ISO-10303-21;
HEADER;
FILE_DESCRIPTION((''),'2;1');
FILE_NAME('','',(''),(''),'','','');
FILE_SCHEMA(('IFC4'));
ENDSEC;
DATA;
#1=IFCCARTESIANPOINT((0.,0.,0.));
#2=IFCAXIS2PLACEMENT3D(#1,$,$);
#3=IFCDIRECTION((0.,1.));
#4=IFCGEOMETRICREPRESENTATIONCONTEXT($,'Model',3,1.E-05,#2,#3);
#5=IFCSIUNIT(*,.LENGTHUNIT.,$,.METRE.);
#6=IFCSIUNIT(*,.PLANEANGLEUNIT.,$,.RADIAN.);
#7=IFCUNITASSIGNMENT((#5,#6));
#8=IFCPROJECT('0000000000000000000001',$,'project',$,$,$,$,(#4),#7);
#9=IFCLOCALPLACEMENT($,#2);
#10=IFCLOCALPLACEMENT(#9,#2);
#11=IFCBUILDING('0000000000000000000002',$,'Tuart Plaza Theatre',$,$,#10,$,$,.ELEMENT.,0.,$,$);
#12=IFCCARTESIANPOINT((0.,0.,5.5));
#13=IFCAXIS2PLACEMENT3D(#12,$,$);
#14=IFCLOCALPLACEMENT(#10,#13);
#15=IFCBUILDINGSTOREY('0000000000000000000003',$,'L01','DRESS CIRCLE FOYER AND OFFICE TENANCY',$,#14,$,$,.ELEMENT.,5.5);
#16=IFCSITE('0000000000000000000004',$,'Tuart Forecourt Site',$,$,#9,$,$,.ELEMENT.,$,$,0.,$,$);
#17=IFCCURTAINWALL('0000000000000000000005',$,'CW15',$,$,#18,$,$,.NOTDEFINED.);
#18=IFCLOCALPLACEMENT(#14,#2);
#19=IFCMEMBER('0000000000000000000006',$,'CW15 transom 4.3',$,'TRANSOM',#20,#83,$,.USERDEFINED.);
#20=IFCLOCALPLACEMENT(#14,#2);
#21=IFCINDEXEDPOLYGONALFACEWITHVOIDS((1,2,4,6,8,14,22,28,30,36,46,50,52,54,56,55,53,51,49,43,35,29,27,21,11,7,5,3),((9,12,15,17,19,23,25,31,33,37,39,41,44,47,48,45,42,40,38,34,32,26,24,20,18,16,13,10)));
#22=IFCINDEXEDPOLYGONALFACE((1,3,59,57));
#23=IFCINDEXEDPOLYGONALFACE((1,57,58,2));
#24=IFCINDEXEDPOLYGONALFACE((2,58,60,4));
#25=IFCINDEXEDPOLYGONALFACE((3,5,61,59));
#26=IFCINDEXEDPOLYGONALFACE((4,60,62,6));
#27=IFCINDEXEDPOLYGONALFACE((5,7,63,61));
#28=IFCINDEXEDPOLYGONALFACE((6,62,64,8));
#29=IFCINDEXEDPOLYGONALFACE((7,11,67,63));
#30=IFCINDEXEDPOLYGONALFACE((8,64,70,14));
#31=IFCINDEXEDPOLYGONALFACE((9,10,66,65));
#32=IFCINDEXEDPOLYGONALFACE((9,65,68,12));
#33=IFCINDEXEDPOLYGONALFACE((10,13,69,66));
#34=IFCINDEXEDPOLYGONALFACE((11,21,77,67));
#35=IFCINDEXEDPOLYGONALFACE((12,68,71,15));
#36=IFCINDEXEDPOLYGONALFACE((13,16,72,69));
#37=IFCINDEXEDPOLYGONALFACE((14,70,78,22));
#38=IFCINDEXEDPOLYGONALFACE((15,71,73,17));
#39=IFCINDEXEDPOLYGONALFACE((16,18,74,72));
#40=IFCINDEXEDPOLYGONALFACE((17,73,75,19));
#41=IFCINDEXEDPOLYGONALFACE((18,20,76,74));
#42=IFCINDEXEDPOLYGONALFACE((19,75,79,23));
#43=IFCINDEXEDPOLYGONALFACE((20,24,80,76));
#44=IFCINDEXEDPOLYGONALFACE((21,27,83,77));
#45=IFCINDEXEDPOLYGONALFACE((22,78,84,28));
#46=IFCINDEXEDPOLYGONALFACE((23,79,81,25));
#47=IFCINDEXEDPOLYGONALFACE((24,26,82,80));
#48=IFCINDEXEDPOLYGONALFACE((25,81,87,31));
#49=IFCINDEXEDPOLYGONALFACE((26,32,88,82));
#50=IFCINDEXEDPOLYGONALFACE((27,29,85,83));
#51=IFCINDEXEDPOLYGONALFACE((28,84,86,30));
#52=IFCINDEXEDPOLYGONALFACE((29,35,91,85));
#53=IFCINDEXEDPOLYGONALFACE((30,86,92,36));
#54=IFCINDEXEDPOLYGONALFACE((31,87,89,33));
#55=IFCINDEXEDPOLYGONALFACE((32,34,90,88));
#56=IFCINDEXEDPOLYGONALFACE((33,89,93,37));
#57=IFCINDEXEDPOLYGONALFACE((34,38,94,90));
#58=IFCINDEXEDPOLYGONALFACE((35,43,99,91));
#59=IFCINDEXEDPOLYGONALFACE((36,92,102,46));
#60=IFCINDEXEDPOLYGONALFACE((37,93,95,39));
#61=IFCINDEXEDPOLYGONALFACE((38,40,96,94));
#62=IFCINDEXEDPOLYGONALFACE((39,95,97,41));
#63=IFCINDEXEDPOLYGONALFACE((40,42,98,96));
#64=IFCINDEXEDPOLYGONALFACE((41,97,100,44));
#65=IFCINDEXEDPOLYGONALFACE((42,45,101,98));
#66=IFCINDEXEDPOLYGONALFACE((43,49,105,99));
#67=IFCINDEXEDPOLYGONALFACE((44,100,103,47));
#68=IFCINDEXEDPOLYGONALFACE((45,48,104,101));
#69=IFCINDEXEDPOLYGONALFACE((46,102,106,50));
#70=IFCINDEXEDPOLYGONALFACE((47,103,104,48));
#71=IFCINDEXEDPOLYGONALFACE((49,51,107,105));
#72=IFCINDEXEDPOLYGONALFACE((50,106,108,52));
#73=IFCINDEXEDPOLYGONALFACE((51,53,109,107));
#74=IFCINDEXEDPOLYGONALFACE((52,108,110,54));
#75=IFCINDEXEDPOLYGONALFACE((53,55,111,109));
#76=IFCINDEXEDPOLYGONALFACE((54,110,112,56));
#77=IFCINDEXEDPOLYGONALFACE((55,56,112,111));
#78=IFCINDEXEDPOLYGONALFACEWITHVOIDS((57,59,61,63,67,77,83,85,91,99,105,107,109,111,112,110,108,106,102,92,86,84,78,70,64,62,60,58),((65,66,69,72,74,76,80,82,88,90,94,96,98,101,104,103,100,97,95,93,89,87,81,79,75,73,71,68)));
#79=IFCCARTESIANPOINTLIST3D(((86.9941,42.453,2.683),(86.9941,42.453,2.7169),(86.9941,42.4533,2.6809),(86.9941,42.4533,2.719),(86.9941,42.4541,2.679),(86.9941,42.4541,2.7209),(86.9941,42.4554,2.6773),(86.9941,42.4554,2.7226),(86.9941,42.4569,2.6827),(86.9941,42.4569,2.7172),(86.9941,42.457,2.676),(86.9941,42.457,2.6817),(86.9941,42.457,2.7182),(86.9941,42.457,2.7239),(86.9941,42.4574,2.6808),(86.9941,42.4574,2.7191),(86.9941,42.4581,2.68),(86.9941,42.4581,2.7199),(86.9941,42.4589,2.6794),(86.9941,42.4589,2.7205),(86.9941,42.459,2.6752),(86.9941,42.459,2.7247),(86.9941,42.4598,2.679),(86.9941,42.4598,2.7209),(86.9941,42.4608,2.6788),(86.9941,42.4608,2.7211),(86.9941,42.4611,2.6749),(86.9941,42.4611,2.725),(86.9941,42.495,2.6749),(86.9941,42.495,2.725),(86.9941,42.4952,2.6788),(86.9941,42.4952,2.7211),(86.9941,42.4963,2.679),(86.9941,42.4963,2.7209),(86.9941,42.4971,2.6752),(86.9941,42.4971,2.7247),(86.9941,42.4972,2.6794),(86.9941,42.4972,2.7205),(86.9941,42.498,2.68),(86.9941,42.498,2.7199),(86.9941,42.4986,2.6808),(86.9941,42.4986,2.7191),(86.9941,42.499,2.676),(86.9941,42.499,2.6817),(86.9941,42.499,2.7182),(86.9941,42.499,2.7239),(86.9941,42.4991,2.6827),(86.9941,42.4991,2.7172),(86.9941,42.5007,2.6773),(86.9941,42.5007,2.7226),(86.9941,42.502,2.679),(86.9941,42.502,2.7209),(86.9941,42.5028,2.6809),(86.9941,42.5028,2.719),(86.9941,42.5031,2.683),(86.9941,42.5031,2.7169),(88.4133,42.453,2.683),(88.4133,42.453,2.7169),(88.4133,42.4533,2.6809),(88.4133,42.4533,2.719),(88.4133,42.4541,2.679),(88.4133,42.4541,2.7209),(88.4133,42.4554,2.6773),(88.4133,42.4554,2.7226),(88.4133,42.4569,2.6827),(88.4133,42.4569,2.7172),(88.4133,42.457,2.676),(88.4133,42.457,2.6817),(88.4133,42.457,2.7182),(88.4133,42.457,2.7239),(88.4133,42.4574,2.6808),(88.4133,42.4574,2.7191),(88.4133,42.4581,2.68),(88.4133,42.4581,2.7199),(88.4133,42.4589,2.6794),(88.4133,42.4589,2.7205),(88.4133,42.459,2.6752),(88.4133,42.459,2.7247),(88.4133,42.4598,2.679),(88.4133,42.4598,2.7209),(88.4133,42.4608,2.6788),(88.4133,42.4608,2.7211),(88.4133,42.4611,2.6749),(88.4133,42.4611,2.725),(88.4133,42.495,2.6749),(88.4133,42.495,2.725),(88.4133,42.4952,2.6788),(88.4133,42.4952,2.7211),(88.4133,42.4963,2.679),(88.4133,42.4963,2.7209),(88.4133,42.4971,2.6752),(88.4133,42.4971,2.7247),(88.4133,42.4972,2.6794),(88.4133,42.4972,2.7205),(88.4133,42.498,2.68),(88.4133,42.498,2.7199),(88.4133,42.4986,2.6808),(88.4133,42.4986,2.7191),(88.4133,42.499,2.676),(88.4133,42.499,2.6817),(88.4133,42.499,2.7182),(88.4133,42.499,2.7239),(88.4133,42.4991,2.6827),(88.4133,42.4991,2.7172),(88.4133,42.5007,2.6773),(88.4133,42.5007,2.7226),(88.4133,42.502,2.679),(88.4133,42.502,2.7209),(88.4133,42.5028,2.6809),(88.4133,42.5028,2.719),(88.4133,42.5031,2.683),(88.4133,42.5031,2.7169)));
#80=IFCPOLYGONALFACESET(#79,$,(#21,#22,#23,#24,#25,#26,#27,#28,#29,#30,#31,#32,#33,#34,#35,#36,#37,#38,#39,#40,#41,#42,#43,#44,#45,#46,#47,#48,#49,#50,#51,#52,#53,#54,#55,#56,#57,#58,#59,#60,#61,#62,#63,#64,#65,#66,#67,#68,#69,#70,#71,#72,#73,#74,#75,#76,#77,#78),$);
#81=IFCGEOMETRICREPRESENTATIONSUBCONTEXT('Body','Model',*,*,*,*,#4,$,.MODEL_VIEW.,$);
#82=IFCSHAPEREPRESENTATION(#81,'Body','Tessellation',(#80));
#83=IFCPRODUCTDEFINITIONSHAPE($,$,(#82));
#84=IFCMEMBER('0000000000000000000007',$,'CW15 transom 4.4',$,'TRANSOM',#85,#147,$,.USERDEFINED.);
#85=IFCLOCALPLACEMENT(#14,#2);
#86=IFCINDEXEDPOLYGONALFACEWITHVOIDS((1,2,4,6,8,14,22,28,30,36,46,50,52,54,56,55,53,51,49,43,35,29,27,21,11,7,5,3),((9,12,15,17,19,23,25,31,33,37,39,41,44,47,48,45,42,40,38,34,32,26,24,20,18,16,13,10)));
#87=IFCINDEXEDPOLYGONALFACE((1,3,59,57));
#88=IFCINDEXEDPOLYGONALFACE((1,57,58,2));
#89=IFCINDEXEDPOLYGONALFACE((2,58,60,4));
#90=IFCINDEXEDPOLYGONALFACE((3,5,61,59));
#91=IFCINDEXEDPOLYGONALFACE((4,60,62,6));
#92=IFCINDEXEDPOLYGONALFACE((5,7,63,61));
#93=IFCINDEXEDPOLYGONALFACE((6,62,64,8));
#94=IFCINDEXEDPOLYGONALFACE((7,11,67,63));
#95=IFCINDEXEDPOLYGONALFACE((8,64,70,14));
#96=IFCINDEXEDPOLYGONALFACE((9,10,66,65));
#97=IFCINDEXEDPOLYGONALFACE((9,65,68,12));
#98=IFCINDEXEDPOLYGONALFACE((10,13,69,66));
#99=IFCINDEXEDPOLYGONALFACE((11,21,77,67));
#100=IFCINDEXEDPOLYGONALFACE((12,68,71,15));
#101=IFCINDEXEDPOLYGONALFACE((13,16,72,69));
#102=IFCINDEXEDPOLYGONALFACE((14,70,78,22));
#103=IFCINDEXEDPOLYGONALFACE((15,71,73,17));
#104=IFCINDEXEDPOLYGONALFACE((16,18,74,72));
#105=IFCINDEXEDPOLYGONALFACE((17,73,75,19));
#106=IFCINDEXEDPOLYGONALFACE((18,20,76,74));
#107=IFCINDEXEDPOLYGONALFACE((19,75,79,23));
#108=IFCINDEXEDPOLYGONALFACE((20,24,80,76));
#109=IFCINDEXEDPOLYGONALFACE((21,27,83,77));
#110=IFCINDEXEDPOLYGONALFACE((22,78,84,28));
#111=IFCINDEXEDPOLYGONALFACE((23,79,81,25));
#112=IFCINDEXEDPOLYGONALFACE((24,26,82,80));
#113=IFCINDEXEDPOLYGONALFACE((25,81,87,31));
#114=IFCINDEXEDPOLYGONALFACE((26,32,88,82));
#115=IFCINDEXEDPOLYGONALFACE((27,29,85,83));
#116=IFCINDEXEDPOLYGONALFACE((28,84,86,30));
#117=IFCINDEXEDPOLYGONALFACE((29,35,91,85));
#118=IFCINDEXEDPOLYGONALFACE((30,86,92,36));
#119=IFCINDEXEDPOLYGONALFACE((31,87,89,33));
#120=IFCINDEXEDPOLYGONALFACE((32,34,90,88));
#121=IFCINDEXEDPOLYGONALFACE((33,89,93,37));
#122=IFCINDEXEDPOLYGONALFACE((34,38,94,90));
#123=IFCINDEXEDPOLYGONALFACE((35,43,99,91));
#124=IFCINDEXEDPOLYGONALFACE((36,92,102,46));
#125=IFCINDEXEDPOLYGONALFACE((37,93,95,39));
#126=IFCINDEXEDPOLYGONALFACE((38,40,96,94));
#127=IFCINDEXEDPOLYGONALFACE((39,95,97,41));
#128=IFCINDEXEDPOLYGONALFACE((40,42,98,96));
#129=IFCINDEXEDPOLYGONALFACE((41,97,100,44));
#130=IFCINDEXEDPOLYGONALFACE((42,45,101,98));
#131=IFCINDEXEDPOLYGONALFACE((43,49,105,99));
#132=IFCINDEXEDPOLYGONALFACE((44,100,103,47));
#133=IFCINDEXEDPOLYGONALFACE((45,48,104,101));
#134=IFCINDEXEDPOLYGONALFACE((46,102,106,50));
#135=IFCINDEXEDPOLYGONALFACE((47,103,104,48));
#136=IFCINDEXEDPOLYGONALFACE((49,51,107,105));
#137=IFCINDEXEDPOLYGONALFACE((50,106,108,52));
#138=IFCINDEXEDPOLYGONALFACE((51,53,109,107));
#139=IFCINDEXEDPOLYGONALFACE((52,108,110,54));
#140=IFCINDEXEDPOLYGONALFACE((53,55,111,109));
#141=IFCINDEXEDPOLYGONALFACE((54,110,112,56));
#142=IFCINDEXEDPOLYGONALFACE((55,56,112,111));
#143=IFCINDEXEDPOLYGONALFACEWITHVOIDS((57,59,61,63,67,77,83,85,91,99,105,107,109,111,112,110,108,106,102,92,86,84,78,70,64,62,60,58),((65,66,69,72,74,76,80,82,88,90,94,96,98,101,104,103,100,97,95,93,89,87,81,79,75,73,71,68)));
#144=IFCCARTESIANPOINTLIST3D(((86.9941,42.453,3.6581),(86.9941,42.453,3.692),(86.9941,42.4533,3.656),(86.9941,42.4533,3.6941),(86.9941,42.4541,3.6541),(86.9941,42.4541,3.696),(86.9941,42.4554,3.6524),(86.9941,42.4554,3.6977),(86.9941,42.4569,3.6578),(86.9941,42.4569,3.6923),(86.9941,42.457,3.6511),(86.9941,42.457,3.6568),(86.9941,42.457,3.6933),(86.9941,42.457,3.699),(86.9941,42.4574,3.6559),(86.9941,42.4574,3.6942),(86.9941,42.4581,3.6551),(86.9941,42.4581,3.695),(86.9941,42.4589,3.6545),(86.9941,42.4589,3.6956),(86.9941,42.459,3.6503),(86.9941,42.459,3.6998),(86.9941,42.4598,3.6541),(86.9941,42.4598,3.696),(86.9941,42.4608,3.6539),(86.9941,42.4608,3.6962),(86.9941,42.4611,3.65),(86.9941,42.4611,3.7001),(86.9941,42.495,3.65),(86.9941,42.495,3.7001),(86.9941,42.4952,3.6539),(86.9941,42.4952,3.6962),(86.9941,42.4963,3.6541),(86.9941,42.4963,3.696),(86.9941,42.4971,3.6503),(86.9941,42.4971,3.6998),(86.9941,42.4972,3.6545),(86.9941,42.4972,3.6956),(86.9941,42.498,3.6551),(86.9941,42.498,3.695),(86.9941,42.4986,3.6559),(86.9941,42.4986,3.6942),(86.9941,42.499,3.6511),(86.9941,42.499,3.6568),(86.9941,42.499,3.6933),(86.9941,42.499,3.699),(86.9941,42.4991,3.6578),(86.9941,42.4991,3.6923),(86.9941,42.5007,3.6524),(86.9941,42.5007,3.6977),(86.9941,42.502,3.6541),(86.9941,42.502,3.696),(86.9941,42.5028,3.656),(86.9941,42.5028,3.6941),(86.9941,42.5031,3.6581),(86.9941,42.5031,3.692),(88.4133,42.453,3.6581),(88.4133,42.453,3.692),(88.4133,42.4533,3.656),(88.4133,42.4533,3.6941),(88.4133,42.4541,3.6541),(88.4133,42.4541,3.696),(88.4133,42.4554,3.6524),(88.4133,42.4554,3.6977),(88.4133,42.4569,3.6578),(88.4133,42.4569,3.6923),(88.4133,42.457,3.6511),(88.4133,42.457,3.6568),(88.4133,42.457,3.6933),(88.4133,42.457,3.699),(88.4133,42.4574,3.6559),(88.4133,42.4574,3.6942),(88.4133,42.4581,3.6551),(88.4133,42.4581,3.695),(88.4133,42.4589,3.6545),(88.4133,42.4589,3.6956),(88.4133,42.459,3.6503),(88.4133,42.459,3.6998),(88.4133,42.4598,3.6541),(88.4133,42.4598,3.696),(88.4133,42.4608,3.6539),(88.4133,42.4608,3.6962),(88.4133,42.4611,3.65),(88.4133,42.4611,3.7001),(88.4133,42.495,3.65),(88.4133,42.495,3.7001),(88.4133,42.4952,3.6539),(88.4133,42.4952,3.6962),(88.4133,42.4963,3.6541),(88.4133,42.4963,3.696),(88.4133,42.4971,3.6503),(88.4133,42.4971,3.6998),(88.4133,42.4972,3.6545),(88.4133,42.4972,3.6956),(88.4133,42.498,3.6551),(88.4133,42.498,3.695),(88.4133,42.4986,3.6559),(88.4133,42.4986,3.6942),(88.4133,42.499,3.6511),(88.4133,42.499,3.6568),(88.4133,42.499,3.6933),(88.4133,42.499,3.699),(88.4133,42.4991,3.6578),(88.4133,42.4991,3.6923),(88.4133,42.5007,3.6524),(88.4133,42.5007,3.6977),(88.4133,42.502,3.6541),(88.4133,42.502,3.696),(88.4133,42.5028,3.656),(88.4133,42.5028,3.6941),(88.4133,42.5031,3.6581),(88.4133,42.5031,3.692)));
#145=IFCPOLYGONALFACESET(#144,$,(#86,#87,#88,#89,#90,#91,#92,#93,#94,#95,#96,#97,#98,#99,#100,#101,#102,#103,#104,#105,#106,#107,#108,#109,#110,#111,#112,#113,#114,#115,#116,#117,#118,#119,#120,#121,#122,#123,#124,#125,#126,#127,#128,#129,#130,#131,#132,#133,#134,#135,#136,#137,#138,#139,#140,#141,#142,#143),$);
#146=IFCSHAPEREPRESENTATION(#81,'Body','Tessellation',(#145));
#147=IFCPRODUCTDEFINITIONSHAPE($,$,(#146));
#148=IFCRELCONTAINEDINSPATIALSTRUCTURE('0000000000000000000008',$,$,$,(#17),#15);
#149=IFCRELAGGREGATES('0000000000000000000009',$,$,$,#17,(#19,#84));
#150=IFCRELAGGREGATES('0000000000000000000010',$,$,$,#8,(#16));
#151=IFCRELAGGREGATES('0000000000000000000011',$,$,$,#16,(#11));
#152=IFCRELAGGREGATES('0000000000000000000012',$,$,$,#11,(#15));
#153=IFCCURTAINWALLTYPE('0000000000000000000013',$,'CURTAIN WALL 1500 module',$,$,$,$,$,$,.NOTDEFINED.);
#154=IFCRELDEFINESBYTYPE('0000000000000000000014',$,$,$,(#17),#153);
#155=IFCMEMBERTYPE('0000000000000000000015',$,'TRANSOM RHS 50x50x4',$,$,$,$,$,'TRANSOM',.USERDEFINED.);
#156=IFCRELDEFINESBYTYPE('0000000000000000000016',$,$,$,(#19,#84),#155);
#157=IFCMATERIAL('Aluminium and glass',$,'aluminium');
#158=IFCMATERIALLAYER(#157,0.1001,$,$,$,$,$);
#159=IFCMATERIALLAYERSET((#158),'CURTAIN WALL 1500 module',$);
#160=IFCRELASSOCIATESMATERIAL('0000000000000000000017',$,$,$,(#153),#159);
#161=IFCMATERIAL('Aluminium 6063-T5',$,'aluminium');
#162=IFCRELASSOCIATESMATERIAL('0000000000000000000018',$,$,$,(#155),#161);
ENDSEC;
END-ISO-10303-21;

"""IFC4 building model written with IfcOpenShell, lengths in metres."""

from ifc_helpers import new_model, si_unit, direction, frame, origin, origin_2d, place, context, subcontext, project, spatial, hollow_rectangle, extrude, material, layer, layer_set, material_profile, profile_set, type_object, element, aggregate, save


model = new_model("IFC4")

# Units and contexts
model_context = context("Model", 3, precision=1e-05, world=origin(), true_north=direction((0.0, 1.0)))
body_context = subcontext(model_context, "Body", "Model", "MODEL_VIEW")
ifc_project = project(units=[si_unit("LENGTHUNIT", "METRE"), si_unit("PLANEANGLEUNIT", "RADIAN")], contexts=[model_context])

# Site, building, storey
site_placement = place(None, origin())
site = spatial("IfcSite", under=ifc_project, at=site_placement, Name="Tuart Forecourt Site", CompositionType="ELEMENT", RefElevation=0.0)
building_placement = place(site_placement, origin())
building = spatial("IfcBuilding", under=site, at=building_placement, Name="Tuart Plaza Theatre", CompositionType="ELEMENT", ElevationOfRefHeight=0.0)
storey_placement = place(building_placement, frame((0.0, 0.0, 5.5)))
storey = spatial("IfcBuildingStorey", under=building, at=storey_placement, Name="L01", Description="DRESS CIRCLE FOYER AND OFFICE TENANCY", CompositionType="ELEMENT", Elevation=5.5)

# Curtain wall
ifc_material_1 = material(Name="Aluminium and glass", Category="aluminium")
ifc_layer_1 = layer(ifc_material_1, 0.1001)
ifc_layer_set_1 = layer_set([ifc_layer_1], Name="CURTAIN WALL 1500 module")
curtain_wall_type = type_object("IfcCurtainWallType", Name="CURTAIN WALL 1500 module", PredefinedType="NOTDEFINED", material=ifc_layer_set_1)
curtain_wall_1_placement = place(storey_placement, origin())
curtain_wall_1 = element("IfcCurtainWall", 1, at=curtain_wall_1_placement, inside=storey, type_object=curtain_wall_type, Name="CW15", PredefinedType="NOTDEFINED")

# Members
ifc_material_2 = material(Name="Aluminium 6063-T5", Category="aluminium")
ifc_material_profile_1 = material_profile(ifc_material_2, hollow_rectangle(XDim=0.05, YDim=0.05, WallThickness=0.0039, InnerFilletRadius=0.0039, OuterFilletRadius=0.0081, at=origin_2d()), Name="RHS 50x50x4")
ifc_profile_set_1 = profile_set([ifc_material_profile_1], Name="Aluminium 6063-T5")
member_type_1 = type_object("IfcMemberType", Name="TRANSOM RHS 50x50x4", ElementType="TRANSOM", PredefinedType="USERDEFINED", material=ifc_profile_set_1)
member_1_placement = place(storey_placement, frame((86.9941, 42.478, 2.7), z_axis=(1.0, 0.0, 0.0), x_axis=(0.0, 1.0, 0.0)))
member_1 = element("IfcMember", 2, at=member_1_placement, type_object=member_type_1, Name="CW15 transom 4.3", ObjectType="TRANSOM", PredefinedType="USERDEFINED", context=body_context, shape_type="SweptSolid", body=[
    extrude(hollow_rectangle(XDim=0.05, YDim=0.05, WallThickness=0.0039, InnerFilletRadius=0.0039, OuterFilletRadius=0.0081, at=origin_2d()), origin(), (0.0, 0.0, 1.0), 1.4192),
])
member_2_placement = place(storey_placement, frame((86.9941, 42.478, 3.675), z_axis=(1.0, 0.0, 0.0), x_axis=(0.0, 1.0, 0.0)))
member_2 = element("IfcMember", 3, at=member_2_placement, type_object=member_type_1, Name="CW15 transom 4.4", ObjectType="TRANSOM", PredefinedType="USERDEFINED", context=body_context, shape_type="SweptSolid", body=[
    extrude(hollow_rectangle(XDim=0.05, YDim=0.05, WallThickness=0.0039, InnerFilletRadius=0.0039, OuterFilletRadius=0.0081, at=origin_2d()), origin(), (0.0, 0.0, 1.0), 1.4192),
])

aggregate(curtain_wall_1, [member_1, member_2])

save(model, "model.ifc")
